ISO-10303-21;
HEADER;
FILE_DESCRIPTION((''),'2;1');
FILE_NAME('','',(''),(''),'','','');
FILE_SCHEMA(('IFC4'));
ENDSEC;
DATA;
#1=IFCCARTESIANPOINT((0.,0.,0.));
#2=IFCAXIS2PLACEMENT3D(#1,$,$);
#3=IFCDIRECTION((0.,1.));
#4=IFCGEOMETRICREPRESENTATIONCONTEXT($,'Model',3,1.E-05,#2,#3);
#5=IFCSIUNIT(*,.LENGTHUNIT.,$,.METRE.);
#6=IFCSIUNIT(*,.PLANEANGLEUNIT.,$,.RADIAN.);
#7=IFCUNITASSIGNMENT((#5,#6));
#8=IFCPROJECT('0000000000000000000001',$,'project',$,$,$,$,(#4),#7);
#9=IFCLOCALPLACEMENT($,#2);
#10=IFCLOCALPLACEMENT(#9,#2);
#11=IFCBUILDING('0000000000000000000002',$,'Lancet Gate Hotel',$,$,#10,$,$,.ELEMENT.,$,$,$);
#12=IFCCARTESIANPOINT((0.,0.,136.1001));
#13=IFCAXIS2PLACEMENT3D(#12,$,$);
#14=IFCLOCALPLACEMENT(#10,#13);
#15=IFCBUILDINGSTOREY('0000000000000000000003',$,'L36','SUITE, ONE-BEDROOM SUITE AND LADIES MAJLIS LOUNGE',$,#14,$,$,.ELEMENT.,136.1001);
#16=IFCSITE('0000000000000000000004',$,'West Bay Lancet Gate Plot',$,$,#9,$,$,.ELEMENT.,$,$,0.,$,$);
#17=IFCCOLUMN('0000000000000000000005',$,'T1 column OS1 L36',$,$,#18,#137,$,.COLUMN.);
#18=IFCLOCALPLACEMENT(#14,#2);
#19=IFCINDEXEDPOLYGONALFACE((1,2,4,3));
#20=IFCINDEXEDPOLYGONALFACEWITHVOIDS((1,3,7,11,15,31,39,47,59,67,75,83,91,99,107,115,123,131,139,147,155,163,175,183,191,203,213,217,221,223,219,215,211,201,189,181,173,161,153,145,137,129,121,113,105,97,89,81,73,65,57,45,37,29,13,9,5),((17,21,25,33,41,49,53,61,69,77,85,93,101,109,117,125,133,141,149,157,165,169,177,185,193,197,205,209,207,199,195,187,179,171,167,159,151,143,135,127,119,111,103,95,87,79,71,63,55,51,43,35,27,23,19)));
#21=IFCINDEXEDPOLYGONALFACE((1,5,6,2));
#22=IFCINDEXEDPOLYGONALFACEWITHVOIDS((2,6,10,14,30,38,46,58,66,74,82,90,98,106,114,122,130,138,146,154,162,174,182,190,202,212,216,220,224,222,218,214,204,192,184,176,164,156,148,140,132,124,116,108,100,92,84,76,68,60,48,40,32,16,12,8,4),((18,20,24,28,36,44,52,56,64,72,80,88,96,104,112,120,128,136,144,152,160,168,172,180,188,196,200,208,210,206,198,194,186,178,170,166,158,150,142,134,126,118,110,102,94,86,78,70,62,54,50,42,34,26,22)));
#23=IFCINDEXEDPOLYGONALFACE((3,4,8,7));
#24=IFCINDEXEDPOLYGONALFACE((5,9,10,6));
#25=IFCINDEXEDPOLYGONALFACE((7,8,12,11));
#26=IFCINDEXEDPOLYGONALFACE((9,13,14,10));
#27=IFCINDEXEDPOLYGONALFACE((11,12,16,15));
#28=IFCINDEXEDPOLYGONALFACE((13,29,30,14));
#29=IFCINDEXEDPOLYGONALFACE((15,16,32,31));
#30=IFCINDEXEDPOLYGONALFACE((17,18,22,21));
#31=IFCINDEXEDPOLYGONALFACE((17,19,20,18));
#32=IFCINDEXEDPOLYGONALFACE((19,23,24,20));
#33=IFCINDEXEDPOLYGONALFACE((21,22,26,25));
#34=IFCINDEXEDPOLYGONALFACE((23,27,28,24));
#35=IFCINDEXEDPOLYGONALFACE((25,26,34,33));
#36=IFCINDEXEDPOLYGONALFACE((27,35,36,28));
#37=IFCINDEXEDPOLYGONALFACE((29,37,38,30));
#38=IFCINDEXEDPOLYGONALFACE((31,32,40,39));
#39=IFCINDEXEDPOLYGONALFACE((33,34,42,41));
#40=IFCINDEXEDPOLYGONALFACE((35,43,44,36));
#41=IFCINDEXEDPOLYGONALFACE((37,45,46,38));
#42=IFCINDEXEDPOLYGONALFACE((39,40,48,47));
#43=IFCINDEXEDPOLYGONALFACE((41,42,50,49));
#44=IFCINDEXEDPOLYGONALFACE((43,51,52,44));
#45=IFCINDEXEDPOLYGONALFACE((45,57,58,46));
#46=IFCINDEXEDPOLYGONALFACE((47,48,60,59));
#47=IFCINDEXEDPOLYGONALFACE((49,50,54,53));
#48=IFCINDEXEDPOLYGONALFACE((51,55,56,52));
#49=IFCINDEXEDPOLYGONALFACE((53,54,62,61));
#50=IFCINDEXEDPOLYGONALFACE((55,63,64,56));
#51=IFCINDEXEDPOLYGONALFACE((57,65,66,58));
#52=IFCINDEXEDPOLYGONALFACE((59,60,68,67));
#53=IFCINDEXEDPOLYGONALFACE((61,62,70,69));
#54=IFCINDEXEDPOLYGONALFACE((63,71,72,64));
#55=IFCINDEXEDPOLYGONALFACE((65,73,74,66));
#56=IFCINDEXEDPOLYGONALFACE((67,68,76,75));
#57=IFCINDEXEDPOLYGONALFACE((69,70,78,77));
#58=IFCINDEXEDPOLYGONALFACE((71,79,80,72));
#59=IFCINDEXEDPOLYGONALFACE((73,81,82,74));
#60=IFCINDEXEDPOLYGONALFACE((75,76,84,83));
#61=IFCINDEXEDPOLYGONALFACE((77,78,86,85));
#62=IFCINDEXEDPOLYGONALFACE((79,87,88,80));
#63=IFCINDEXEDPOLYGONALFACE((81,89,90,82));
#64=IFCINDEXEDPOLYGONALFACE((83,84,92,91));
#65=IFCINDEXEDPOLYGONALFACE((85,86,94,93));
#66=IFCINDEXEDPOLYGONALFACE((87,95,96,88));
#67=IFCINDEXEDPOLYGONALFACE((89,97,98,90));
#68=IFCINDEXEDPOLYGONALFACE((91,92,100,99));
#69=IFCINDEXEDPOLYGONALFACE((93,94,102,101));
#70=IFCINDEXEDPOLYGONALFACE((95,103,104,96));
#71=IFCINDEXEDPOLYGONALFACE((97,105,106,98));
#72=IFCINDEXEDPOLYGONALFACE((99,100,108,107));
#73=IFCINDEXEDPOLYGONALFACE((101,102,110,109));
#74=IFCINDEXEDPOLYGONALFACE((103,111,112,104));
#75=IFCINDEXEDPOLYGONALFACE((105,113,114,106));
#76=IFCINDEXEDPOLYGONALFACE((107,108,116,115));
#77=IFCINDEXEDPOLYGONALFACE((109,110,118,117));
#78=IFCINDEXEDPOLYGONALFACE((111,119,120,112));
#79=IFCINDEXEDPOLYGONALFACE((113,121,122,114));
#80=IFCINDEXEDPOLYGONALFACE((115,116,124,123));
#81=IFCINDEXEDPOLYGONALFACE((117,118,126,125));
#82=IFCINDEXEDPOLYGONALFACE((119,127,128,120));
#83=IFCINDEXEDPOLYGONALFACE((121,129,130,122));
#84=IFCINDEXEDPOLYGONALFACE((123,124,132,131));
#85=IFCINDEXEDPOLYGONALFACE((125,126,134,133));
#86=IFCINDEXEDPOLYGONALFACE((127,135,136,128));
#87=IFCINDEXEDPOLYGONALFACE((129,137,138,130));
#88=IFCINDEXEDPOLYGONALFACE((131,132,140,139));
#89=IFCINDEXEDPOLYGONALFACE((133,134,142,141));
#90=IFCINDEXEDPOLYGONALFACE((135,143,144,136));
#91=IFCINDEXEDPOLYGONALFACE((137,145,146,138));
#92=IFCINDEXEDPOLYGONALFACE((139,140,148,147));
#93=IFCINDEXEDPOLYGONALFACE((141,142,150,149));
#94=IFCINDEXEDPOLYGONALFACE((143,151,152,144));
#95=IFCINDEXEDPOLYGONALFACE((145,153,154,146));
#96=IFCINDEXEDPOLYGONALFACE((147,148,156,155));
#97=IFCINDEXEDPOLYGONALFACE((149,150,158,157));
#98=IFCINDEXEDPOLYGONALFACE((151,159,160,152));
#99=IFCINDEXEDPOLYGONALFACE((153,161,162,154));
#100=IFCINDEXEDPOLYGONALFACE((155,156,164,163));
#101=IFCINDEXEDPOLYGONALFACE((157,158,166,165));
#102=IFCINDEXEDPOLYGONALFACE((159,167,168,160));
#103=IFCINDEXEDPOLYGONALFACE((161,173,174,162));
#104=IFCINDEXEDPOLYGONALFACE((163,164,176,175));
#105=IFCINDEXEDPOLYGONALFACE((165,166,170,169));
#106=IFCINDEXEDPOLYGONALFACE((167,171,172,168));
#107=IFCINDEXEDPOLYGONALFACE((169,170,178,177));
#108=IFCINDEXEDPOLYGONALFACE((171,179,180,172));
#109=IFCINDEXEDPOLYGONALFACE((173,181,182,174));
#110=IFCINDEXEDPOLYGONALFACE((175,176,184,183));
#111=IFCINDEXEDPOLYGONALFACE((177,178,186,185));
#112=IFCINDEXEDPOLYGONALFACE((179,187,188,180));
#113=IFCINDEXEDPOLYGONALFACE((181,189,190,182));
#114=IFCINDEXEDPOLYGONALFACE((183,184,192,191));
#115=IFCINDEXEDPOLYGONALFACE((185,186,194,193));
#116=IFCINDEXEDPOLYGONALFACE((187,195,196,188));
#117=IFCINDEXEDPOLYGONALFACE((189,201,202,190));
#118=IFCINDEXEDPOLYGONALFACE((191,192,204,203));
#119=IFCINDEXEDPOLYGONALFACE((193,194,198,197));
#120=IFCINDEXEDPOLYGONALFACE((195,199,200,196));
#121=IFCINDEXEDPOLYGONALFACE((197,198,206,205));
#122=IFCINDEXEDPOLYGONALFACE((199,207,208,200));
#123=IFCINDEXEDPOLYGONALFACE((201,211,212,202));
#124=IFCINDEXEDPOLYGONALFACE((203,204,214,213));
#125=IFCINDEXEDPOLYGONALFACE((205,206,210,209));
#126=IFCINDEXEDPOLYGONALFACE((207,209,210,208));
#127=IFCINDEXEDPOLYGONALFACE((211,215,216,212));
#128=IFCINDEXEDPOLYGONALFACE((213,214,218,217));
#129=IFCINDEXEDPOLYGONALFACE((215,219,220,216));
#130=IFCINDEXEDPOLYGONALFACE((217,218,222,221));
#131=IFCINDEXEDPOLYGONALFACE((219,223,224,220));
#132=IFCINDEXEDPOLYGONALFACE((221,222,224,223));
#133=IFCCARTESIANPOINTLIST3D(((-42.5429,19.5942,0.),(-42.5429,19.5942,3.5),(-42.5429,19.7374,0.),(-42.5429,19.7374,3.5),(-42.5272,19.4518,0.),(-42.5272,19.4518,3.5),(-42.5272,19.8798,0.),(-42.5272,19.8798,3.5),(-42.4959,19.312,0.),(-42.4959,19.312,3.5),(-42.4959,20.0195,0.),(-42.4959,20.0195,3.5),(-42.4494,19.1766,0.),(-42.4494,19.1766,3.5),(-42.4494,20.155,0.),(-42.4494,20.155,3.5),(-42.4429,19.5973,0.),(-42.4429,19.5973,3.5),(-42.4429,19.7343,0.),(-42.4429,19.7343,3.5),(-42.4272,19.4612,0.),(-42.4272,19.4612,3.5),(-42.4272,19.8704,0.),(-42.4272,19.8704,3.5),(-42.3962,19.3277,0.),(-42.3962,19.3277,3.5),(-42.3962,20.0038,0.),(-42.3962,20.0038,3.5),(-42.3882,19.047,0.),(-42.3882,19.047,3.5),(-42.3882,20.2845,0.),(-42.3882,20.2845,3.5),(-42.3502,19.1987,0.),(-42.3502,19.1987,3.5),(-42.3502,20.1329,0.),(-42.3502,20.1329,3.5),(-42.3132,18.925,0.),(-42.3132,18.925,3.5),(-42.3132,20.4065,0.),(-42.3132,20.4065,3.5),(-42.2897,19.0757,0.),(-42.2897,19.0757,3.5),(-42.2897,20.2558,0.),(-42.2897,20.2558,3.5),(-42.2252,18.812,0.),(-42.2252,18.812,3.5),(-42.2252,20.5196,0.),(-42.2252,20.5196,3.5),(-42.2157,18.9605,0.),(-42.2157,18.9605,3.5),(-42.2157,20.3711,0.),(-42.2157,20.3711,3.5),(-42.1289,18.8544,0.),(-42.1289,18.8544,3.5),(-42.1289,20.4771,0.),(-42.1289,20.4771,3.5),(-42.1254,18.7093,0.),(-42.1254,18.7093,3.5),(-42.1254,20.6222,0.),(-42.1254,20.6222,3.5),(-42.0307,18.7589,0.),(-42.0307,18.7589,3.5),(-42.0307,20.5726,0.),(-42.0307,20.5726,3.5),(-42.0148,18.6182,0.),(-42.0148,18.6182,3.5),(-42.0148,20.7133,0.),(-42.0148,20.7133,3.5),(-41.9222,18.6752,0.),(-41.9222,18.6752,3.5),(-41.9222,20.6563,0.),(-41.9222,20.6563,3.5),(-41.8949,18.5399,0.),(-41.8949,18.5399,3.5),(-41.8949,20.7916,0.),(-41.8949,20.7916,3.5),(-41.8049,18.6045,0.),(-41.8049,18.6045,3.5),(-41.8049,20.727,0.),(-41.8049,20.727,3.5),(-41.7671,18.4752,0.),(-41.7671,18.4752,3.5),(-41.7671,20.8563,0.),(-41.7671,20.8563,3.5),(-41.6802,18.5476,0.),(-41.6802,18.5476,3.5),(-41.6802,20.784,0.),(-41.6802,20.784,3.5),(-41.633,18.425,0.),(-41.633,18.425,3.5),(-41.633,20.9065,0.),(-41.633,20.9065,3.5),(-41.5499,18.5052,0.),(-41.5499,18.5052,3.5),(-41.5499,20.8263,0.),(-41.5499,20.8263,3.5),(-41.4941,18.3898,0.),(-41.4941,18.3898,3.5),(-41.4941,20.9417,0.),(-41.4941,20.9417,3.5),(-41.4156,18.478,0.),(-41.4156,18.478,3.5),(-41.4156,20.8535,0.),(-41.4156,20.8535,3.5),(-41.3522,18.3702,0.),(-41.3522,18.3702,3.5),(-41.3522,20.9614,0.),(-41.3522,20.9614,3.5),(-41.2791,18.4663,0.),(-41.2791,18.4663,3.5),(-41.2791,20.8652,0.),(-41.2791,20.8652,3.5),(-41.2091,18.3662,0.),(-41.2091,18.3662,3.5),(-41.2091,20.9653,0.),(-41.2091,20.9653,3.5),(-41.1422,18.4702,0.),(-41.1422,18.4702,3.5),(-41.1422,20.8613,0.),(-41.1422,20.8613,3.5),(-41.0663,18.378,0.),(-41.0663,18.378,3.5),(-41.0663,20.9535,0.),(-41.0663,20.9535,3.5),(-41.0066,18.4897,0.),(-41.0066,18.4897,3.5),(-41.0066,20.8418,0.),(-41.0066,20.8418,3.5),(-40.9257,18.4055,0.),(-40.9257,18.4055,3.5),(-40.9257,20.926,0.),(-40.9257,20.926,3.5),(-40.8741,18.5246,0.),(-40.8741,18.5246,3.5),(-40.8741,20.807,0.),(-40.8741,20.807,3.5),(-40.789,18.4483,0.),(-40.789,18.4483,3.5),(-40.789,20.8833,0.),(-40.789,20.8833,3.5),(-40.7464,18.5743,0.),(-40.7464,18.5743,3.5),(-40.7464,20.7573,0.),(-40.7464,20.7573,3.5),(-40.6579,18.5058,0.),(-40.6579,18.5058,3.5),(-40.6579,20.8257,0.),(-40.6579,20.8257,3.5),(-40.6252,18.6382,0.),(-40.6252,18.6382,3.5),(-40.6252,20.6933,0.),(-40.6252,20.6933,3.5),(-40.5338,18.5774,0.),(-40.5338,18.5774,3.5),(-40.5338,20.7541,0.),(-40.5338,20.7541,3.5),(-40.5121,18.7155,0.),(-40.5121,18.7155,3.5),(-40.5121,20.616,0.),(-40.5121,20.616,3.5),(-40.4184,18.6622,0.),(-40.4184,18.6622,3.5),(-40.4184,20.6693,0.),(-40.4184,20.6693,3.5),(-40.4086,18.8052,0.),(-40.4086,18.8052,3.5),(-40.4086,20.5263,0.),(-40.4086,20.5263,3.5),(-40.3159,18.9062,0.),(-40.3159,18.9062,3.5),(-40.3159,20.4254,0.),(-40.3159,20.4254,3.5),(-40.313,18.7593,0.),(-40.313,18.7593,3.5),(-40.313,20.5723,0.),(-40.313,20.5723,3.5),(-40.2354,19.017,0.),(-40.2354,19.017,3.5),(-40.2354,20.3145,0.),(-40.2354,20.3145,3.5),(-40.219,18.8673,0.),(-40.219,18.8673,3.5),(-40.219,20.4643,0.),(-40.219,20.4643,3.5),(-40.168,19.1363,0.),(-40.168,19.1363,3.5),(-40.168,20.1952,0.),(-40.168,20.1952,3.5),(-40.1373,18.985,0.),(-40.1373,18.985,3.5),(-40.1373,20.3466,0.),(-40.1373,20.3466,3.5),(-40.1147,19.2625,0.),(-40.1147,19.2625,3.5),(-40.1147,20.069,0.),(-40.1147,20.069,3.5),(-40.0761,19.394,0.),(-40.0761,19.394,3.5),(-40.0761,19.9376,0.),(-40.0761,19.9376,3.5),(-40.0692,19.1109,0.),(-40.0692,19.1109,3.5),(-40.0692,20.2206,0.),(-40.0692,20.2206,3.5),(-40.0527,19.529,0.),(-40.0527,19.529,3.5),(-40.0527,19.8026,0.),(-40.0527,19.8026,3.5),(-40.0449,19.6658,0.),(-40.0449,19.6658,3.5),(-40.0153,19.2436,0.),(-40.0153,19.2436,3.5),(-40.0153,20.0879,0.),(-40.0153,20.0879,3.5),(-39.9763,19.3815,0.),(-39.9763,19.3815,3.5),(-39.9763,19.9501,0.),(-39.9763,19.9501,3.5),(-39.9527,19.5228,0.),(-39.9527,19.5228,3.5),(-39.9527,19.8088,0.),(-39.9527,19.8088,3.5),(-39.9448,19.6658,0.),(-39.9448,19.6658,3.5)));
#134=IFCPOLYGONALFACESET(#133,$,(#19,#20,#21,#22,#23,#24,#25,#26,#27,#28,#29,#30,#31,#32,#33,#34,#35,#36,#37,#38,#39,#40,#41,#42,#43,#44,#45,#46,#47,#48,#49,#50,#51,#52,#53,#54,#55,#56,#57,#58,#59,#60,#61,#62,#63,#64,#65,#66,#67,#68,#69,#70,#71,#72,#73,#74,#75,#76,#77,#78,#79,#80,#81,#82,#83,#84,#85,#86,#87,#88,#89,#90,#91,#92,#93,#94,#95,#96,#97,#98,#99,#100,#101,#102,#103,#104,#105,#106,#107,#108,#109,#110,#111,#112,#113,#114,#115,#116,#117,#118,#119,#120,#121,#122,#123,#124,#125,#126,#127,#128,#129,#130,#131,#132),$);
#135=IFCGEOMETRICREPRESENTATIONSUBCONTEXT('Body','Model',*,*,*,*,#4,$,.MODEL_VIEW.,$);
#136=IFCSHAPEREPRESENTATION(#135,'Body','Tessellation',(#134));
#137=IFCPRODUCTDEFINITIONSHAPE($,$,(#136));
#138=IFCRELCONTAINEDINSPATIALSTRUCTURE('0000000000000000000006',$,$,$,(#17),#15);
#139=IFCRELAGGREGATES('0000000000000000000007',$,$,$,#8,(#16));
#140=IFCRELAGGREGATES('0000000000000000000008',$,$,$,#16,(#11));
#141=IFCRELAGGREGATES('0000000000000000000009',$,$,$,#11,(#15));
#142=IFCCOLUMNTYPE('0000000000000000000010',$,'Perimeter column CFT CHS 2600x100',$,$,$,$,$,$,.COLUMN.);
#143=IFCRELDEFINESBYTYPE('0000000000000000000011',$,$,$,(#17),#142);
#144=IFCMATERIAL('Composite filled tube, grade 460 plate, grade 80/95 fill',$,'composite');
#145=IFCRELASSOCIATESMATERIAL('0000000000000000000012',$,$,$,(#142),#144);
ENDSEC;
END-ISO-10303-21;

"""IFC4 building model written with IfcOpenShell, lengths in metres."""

from ifc_helpers import new_model, si_unit, direction, frame, origin, origin_2d, place, context, subcontext, project, spatial, hollow_circle, extrude, material, material_profile, profile_set, type_object, element, save


model = new_model("IFC4")

# Units and contexts
model_context = context("Model", 3, precision=1e-05, world=origin(), true_north=direction((0.0, 1.0)))
body_context = subcontext(model_context, "Body", "Model", "MODEL_VIEW")
ifc_project = project(units=[si_unit("LENGTHUNIT", "METRE"), si_unit("PLANEANGLEUNIT", "RADIAN")], contexts=[model_context])

# Site, building, storey
site_placement = place(None, origin())
site = spatial("IfcSite", under=ifc_project, at=site_placement, Name="West Bay Lancet Gate Plot", CompositionType="ELEMENT", RefElevation=0.0)
building_placement = place(site_placement, origin())
building = spatial("IfcBuilding", under=site, at=building_placement, Name="Lancet Gate Hotel", CompositionType="ELEMENT")
storey_placement = place(building_placement, frame((0.0, 0.0, 136.1001)))
storey = spatial("IfcBuildingStorey", under=building, at=storey_placement, Name="L36", Description="SUITE, ONE-BEDROOM SUITE AND LADIES MAJLIS LOUNGE", CompositionType="ELEMENT", Elevation=136.1001)

# Column
ifc_material_1 = material(Name="Composite filled tube, grade 460 plate, grade 80/95 fill", Category="composite")
ifc_material_profile_1 = material_profile(ifc_material_1, hollow_circle(Radius=1.3, WallThickness=0.1001, at=origin_2d()), Name="CHS 2600x100")
ifc_profile_set_1 = profile_set([ifc_material_profile_1], Name="Composite filled tube, grade 460 plate, grade 80/95 fill")
column_type = type_object("IfcColumnType", Name="Perimeter column CFT CHS 2600x100", PredefinedType="COLUMN", material=ifc_profile_set_1)
for number, where, z_axis, x_axis, name in (
    (1, (-41.2449, 19.6658, 0.0), (0.0, 0.0, 1.0), (1.0, 0.0, 0.0), "T1 column OS1 L36"),
):
    element("IfcColumn", number, at=place(storey_placement, frame(where, z_axis=z_axis, x_axis=x_axis)), inside=storey, type_object=column_type, Name=name, PredefinedType="COLUMN", context=body_context, shape_type="SweptSolid", body=[
        extrude(hollow_circle(Radius=1.3, WallThickness=0.1001, at=origin_2d()), origin(), (0.0, 0.0, 1.0), 3.5),
    ])

save(model, "model.ifc")
